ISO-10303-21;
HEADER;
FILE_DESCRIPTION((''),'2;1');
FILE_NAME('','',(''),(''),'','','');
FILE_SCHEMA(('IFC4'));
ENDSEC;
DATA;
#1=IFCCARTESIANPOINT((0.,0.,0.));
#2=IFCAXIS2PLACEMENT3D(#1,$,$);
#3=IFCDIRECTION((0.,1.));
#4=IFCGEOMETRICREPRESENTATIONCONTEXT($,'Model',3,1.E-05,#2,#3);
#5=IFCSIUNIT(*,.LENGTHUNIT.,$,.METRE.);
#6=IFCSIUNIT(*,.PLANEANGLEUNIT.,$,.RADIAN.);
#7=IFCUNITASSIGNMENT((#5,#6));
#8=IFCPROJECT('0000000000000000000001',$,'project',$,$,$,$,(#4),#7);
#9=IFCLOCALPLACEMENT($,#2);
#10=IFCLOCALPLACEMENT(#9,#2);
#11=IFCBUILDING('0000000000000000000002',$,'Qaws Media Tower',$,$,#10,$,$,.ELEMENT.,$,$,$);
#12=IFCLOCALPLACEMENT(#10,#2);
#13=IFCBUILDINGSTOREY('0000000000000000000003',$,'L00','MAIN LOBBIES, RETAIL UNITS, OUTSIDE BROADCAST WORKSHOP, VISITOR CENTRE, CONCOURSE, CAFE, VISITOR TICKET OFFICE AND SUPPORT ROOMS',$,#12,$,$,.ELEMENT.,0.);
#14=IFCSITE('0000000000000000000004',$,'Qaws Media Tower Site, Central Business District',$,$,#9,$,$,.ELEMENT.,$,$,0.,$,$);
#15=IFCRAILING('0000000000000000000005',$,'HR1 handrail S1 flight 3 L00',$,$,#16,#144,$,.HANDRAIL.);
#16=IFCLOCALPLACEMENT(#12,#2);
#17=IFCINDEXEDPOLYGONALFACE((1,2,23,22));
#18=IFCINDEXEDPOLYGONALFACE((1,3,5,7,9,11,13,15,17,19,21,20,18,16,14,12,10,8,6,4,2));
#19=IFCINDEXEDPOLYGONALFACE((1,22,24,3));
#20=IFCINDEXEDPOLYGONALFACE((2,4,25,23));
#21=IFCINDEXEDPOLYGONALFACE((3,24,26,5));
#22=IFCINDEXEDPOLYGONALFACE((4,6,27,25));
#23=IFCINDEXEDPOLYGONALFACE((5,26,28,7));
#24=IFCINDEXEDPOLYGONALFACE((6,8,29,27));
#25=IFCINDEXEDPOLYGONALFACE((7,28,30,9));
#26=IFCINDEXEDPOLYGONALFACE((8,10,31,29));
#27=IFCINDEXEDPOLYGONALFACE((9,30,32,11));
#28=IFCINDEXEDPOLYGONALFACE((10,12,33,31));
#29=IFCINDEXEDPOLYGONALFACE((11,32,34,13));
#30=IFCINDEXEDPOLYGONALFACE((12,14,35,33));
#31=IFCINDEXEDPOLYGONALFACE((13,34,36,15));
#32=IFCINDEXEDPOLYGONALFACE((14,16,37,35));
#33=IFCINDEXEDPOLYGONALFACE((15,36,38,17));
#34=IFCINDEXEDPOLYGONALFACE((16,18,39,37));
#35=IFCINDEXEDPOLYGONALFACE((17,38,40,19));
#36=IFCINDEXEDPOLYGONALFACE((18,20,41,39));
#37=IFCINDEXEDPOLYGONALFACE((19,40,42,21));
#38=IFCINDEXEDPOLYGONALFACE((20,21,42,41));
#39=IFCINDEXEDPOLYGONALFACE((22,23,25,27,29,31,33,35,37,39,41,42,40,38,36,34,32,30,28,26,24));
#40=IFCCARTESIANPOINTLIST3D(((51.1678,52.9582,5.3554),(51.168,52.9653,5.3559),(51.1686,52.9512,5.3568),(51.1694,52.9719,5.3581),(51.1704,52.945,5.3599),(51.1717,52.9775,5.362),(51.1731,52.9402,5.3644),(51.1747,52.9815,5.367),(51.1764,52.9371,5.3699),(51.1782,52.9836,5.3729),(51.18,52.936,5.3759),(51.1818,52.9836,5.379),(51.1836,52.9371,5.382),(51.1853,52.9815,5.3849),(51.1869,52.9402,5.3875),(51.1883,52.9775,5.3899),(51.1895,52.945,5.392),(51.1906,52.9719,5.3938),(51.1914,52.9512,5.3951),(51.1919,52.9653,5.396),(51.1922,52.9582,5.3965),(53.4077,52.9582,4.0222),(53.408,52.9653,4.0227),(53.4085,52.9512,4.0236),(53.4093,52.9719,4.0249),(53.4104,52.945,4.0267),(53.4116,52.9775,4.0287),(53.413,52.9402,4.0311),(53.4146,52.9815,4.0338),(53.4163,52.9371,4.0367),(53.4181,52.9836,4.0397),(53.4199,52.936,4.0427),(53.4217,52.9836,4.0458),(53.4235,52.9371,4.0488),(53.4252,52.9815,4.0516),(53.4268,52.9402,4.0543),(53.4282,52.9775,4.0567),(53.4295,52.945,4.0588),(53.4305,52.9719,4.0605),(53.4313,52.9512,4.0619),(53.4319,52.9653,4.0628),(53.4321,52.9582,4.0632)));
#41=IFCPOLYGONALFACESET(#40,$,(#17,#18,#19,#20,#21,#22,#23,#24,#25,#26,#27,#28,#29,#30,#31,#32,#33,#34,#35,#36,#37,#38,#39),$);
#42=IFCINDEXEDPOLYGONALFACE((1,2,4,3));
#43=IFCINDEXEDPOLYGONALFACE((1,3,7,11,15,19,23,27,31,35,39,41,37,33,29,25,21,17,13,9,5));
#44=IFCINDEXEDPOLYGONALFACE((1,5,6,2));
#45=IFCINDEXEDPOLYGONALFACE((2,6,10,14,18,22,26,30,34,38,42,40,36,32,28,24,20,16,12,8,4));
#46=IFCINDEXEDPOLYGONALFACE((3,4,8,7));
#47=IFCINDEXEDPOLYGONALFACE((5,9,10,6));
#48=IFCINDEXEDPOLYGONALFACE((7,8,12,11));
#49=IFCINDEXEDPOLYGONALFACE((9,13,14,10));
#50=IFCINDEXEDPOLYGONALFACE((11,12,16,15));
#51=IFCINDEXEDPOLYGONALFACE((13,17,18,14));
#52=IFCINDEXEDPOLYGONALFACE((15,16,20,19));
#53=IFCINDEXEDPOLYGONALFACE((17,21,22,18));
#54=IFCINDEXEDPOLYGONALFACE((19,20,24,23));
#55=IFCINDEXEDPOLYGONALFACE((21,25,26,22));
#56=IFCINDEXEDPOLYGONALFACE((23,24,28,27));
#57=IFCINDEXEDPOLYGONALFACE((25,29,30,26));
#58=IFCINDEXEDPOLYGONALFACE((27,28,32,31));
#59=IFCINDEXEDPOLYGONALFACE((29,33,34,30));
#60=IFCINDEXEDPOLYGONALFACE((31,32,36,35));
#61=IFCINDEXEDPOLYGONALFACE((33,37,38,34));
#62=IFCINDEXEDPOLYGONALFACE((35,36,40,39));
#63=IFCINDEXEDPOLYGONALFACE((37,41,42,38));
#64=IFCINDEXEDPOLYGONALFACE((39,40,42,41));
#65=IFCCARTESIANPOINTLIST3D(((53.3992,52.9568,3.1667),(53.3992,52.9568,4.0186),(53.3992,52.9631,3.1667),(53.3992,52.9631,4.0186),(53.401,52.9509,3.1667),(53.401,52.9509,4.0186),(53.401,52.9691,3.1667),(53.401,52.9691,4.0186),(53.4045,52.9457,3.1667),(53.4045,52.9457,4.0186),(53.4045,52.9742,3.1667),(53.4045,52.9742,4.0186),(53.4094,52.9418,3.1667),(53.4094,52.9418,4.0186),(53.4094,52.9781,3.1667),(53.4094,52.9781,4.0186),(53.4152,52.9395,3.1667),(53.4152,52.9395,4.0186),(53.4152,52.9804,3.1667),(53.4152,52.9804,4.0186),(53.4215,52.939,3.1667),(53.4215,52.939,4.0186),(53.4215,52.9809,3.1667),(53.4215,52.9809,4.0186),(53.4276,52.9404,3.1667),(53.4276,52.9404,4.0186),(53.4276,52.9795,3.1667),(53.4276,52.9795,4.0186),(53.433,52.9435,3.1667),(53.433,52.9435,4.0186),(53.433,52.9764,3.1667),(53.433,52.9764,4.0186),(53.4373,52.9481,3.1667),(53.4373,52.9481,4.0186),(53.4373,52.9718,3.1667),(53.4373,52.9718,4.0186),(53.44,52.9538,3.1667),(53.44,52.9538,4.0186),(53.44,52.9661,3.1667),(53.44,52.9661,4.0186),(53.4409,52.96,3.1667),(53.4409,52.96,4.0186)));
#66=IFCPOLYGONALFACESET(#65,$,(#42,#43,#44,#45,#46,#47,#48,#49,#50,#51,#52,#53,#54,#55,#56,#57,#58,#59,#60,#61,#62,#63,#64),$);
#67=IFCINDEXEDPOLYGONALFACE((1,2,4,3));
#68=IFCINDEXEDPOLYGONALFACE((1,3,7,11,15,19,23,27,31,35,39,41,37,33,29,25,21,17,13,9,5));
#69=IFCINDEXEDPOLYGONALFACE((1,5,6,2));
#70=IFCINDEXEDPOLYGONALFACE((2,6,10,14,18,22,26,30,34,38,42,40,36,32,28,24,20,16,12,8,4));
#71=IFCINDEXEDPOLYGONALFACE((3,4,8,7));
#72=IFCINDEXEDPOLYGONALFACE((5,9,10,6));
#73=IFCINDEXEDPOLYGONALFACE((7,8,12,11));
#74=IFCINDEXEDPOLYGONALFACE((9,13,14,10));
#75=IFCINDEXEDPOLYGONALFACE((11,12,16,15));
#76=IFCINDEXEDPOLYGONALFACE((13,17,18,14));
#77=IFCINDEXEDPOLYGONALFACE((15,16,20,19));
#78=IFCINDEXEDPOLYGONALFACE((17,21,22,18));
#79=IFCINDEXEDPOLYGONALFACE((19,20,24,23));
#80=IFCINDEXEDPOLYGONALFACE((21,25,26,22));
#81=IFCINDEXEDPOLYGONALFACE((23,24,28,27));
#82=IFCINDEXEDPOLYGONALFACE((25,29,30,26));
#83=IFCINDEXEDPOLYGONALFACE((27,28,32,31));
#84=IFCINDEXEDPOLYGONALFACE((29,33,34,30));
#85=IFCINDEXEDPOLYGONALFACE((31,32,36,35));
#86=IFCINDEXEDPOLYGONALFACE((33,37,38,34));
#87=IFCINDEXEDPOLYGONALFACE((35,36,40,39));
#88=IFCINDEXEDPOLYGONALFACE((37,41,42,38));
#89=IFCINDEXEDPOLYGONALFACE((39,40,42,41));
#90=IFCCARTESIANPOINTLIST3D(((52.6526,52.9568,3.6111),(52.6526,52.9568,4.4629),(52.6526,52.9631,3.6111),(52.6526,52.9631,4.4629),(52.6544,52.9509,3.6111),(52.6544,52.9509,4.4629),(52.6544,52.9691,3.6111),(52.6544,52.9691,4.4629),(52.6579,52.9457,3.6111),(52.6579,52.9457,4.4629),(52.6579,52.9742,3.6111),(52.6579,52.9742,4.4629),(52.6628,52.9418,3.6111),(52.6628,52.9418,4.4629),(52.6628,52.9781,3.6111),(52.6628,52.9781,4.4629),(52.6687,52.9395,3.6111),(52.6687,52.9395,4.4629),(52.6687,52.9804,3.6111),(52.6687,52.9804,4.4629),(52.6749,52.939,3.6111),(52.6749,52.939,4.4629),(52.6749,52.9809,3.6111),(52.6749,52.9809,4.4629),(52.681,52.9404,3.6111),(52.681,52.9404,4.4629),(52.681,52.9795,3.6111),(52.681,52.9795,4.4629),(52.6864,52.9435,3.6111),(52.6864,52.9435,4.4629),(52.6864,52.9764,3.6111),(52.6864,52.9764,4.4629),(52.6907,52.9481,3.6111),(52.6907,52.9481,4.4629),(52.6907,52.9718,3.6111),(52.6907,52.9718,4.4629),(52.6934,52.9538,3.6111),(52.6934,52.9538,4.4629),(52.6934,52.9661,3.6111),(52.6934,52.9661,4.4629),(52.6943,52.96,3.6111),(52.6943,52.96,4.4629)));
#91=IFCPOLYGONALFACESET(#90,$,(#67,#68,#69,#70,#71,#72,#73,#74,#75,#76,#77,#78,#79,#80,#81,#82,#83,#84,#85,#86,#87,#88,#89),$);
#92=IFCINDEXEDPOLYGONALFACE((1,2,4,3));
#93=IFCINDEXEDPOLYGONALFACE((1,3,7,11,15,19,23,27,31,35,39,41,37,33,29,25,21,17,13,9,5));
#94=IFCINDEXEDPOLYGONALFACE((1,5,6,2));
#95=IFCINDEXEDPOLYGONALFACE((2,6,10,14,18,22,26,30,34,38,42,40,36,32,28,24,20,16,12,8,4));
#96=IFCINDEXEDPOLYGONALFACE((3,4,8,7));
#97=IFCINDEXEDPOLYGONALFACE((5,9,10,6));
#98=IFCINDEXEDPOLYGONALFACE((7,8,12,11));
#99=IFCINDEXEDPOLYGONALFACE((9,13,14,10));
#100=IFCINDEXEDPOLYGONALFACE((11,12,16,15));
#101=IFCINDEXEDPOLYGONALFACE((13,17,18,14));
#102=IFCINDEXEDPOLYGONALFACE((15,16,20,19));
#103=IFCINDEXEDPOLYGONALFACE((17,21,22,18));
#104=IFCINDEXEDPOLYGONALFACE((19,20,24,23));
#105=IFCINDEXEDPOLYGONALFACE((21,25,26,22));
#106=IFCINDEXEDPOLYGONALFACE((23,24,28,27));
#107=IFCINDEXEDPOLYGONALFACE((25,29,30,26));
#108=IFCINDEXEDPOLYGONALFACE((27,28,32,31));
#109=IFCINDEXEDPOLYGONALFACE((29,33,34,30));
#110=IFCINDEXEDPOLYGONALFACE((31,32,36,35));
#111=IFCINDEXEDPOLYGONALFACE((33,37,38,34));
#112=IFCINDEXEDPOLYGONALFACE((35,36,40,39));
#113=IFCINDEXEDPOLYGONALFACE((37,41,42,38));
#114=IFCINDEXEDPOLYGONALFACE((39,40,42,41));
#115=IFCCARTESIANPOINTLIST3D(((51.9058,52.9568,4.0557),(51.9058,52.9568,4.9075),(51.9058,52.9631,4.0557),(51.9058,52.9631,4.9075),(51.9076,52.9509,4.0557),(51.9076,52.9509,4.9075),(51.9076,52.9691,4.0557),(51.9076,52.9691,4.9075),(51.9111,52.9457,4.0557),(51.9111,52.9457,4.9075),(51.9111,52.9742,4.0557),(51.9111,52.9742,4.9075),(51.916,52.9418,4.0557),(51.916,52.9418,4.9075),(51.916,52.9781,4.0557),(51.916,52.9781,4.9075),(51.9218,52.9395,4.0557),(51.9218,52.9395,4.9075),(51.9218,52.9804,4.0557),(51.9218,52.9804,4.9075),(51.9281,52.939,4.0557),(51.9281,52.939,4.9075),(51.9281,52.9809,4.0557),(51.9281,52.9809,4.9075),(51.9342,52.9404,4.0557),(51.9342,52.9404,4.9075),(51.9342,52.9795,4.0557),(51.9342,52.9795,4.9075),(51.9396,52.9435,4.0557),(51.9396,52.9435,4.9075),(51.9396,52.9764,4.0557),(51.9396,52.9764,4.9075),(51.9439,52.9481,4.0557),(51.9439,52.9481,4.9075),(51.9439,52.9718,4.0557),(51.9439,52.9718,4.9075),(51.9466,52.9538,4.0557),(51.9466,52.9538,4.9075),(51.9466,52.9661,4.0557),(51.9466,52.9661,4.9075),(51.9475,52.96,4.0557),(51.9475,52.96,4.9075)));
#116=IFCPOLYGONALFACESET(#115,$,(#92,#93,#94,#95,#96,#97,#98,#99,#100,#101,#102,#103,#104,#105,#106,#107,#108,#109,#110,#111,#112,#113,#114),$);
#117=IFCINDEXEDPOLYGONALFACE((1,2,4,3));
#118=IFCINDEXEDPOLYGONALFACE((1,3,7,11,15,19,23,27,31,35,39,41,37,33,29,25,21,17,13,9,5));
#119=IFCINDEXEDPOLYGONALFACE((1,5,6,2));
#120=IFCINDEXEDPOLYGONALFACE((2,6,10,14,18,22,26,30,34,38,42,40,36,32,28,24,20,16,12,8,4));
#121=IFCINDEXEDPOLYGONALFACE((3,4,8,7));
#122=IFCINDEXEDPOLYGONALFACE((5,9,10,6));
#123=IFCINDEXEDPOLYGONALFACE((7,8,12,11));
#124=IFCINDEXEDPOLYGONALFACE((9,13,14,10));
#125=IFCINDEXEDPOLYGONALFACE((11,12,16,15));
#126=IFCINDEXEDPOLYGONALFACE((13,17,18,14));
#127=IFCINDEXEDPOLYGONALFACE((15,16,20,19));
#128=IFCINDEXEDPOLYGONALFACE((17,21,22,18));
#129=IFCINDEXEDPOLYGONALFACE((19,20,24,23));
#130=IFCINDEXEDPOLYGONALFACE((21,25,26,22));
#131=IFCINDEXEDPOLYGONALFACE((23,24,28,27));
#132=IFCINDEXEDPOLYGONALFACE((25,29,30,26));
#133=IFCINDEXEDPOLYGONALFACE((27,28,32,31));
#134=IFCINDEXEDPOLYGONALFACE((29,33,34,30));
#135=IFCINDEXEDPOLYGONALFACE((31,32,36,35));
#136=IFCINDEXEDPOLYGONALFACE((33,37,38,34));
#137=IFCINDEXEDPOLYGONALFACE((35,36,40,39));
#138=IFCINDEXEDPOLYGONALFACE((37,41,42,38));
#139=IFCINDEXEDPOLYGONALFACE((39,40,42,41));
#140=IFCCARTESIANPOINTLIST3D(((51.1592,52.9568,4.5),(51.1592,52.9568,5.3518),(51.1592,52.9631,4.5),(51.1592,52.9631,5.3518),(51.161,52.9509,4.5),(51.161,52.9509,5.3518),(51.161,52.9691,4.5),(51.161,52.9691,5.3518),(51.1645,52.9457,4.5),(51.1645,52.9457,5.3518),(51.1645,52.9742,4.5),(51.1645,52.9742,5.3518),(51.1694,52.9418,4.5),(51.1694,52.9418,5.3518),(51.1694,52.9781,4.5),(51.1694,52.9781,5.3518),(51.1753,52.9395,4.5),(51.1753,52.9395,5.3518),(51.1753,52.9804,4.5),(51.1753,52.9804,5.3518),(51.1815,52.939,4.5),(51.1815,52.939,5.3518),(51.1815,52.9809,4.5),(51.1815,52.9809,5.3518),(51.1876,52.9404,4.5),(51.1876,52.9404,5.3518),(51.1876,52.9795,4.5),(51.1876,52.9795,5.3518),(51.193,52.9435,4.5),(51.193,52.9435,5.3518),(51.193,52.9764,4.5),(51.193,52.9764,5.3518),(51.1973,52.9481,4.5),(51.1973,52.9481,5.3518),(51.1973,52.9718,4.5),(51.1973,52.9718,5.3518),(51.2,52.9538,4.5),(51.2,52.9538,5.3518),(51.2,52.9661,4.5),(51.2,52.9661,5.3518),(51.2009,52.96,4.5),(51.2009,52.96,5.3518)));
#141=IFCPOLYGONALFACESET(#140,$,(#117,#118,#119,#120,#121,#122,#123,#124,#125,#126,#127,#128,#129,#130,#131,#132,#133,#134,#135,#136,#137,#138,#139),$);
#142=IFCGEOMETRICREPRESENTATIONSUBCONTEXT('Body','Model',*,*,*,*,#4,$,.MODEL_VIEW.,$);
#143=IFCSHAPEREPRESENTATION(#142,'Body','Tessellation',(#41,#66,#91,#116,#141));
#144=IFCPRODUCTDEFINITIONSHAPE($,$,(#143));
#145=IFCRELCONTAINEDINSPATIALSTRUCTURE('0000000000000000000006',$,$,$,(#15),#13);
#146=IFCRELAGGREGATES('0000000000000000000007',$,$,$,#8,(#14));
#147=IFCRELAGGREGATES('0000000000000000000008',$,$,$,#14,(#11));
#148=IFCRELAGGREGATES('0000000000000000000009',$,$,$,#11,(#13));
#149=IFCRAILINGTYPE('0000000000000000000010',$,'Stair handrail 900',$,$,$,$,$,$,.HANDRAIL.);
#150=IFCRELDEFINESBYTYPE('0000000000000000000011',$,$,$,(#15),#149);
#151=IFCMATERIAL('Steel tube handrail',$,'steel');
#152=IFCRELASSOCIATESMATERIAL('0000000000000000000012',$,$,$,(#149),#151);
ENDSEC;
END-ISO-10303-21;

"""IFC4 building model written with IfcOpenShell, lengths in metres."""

from ifc_helpers import new_model, si_unit, direction, frame, origin, origin_2d, place, context, subcontext, project, spatial, circle, extrude, material, type_object, element, save


model = new_model("IFC4")

# Units and contexts
model_context = context("Model", 3, precision=1e-05, world=origin(), true_north=direction((0.0, 1.0)))
body_context = subcontext(model_context, "Body", "Model", "MODEL_VIEW")
ifc_project = project(units=[si_unit("LENGTHUNIT", "METRE"), si_unit("PLANEANGLEUNIT", "RADIAN")], contexts=[model_context])

# Site, building, storey
site_placement = place(None, origin())
site = spatial("IfcSite", under=ifc_project, at=site_placement, Name="Qaws Media Tower Site, Central Business District", CompositionType="ELEMENT", RefElevation=0.0)
building_placement = place(site_placement, origin())
building = spatial("IfcBuilding", under=site, at=building_placement, Name="Qaws Media Tower", CompositionType="ELEMENT")
storey_placement = place(building_placement, origin())
storey = spatial("IfcBuildingStorey", under=building, at=storey_placement, Name="L00", Description="MAIN LOBBIES, RETAIL UNITS, OUTSIDE BROADCAST WORKSHOP, VISITOR CENTRE, CONCOURSE, CAFE, VISITOR TICKET OFFICE AND SUPPORT ROOMS", CompositionType="ELEMENT", Elevation=0.0)

# Railing
ifc_material_1 = material(Name="Steel tube handrail", Category="steel")
railing_type = type_object("IfcRailingType", Name="Stair handrail 900", PredefinedType="HANDRAIL", material=ifc_material_1)
railing_1_placement = place(storey_placement, frame((53.4199, 52.96, 3.1667)))
element("IfcRailing", 1, at=railing_1_placement, inside=storey, type_object=railing_type, Name="HR1 handrail S1 flight 3 L00", PredefinedType="HANDRAIL", context=body_context, shape_type="SweptSolid", body=[
    extrude(circle(Radius=0.0239, at=origin_2d()), frame((0.0, 0.0, 0.876), z_axis=(-0.859306, 0.0, 0.511462), x_axis=(0.0, -1.0, 0.0)), (0.0, 0.0, 1.0), 2.6067),
    extrude(circle(Radius=0.021, at=origin_2d()), origin(), (0.0, 0.0, 1.0), 0.8518),
    extrude(circle(Radius=0.021, at=origin_2d()), frame((-0.7466, 0.0, 0.4443)), (0.0, 0.0, 1.0), 0.8518),
    extrude(circle(Radius=0.021, at=origin_2d()), frame((-1.4934, 0.0, 0.8889)), (0.0, 0.0, 1.0), 0.8518),
    extrude(circle(Radius=0.021, at=origin_2d()), frame((-2.24, 0.0, 1.3333)), (0.0, 0.0, 1.0), 0.8518),
])

save(model, "model.ifc")
